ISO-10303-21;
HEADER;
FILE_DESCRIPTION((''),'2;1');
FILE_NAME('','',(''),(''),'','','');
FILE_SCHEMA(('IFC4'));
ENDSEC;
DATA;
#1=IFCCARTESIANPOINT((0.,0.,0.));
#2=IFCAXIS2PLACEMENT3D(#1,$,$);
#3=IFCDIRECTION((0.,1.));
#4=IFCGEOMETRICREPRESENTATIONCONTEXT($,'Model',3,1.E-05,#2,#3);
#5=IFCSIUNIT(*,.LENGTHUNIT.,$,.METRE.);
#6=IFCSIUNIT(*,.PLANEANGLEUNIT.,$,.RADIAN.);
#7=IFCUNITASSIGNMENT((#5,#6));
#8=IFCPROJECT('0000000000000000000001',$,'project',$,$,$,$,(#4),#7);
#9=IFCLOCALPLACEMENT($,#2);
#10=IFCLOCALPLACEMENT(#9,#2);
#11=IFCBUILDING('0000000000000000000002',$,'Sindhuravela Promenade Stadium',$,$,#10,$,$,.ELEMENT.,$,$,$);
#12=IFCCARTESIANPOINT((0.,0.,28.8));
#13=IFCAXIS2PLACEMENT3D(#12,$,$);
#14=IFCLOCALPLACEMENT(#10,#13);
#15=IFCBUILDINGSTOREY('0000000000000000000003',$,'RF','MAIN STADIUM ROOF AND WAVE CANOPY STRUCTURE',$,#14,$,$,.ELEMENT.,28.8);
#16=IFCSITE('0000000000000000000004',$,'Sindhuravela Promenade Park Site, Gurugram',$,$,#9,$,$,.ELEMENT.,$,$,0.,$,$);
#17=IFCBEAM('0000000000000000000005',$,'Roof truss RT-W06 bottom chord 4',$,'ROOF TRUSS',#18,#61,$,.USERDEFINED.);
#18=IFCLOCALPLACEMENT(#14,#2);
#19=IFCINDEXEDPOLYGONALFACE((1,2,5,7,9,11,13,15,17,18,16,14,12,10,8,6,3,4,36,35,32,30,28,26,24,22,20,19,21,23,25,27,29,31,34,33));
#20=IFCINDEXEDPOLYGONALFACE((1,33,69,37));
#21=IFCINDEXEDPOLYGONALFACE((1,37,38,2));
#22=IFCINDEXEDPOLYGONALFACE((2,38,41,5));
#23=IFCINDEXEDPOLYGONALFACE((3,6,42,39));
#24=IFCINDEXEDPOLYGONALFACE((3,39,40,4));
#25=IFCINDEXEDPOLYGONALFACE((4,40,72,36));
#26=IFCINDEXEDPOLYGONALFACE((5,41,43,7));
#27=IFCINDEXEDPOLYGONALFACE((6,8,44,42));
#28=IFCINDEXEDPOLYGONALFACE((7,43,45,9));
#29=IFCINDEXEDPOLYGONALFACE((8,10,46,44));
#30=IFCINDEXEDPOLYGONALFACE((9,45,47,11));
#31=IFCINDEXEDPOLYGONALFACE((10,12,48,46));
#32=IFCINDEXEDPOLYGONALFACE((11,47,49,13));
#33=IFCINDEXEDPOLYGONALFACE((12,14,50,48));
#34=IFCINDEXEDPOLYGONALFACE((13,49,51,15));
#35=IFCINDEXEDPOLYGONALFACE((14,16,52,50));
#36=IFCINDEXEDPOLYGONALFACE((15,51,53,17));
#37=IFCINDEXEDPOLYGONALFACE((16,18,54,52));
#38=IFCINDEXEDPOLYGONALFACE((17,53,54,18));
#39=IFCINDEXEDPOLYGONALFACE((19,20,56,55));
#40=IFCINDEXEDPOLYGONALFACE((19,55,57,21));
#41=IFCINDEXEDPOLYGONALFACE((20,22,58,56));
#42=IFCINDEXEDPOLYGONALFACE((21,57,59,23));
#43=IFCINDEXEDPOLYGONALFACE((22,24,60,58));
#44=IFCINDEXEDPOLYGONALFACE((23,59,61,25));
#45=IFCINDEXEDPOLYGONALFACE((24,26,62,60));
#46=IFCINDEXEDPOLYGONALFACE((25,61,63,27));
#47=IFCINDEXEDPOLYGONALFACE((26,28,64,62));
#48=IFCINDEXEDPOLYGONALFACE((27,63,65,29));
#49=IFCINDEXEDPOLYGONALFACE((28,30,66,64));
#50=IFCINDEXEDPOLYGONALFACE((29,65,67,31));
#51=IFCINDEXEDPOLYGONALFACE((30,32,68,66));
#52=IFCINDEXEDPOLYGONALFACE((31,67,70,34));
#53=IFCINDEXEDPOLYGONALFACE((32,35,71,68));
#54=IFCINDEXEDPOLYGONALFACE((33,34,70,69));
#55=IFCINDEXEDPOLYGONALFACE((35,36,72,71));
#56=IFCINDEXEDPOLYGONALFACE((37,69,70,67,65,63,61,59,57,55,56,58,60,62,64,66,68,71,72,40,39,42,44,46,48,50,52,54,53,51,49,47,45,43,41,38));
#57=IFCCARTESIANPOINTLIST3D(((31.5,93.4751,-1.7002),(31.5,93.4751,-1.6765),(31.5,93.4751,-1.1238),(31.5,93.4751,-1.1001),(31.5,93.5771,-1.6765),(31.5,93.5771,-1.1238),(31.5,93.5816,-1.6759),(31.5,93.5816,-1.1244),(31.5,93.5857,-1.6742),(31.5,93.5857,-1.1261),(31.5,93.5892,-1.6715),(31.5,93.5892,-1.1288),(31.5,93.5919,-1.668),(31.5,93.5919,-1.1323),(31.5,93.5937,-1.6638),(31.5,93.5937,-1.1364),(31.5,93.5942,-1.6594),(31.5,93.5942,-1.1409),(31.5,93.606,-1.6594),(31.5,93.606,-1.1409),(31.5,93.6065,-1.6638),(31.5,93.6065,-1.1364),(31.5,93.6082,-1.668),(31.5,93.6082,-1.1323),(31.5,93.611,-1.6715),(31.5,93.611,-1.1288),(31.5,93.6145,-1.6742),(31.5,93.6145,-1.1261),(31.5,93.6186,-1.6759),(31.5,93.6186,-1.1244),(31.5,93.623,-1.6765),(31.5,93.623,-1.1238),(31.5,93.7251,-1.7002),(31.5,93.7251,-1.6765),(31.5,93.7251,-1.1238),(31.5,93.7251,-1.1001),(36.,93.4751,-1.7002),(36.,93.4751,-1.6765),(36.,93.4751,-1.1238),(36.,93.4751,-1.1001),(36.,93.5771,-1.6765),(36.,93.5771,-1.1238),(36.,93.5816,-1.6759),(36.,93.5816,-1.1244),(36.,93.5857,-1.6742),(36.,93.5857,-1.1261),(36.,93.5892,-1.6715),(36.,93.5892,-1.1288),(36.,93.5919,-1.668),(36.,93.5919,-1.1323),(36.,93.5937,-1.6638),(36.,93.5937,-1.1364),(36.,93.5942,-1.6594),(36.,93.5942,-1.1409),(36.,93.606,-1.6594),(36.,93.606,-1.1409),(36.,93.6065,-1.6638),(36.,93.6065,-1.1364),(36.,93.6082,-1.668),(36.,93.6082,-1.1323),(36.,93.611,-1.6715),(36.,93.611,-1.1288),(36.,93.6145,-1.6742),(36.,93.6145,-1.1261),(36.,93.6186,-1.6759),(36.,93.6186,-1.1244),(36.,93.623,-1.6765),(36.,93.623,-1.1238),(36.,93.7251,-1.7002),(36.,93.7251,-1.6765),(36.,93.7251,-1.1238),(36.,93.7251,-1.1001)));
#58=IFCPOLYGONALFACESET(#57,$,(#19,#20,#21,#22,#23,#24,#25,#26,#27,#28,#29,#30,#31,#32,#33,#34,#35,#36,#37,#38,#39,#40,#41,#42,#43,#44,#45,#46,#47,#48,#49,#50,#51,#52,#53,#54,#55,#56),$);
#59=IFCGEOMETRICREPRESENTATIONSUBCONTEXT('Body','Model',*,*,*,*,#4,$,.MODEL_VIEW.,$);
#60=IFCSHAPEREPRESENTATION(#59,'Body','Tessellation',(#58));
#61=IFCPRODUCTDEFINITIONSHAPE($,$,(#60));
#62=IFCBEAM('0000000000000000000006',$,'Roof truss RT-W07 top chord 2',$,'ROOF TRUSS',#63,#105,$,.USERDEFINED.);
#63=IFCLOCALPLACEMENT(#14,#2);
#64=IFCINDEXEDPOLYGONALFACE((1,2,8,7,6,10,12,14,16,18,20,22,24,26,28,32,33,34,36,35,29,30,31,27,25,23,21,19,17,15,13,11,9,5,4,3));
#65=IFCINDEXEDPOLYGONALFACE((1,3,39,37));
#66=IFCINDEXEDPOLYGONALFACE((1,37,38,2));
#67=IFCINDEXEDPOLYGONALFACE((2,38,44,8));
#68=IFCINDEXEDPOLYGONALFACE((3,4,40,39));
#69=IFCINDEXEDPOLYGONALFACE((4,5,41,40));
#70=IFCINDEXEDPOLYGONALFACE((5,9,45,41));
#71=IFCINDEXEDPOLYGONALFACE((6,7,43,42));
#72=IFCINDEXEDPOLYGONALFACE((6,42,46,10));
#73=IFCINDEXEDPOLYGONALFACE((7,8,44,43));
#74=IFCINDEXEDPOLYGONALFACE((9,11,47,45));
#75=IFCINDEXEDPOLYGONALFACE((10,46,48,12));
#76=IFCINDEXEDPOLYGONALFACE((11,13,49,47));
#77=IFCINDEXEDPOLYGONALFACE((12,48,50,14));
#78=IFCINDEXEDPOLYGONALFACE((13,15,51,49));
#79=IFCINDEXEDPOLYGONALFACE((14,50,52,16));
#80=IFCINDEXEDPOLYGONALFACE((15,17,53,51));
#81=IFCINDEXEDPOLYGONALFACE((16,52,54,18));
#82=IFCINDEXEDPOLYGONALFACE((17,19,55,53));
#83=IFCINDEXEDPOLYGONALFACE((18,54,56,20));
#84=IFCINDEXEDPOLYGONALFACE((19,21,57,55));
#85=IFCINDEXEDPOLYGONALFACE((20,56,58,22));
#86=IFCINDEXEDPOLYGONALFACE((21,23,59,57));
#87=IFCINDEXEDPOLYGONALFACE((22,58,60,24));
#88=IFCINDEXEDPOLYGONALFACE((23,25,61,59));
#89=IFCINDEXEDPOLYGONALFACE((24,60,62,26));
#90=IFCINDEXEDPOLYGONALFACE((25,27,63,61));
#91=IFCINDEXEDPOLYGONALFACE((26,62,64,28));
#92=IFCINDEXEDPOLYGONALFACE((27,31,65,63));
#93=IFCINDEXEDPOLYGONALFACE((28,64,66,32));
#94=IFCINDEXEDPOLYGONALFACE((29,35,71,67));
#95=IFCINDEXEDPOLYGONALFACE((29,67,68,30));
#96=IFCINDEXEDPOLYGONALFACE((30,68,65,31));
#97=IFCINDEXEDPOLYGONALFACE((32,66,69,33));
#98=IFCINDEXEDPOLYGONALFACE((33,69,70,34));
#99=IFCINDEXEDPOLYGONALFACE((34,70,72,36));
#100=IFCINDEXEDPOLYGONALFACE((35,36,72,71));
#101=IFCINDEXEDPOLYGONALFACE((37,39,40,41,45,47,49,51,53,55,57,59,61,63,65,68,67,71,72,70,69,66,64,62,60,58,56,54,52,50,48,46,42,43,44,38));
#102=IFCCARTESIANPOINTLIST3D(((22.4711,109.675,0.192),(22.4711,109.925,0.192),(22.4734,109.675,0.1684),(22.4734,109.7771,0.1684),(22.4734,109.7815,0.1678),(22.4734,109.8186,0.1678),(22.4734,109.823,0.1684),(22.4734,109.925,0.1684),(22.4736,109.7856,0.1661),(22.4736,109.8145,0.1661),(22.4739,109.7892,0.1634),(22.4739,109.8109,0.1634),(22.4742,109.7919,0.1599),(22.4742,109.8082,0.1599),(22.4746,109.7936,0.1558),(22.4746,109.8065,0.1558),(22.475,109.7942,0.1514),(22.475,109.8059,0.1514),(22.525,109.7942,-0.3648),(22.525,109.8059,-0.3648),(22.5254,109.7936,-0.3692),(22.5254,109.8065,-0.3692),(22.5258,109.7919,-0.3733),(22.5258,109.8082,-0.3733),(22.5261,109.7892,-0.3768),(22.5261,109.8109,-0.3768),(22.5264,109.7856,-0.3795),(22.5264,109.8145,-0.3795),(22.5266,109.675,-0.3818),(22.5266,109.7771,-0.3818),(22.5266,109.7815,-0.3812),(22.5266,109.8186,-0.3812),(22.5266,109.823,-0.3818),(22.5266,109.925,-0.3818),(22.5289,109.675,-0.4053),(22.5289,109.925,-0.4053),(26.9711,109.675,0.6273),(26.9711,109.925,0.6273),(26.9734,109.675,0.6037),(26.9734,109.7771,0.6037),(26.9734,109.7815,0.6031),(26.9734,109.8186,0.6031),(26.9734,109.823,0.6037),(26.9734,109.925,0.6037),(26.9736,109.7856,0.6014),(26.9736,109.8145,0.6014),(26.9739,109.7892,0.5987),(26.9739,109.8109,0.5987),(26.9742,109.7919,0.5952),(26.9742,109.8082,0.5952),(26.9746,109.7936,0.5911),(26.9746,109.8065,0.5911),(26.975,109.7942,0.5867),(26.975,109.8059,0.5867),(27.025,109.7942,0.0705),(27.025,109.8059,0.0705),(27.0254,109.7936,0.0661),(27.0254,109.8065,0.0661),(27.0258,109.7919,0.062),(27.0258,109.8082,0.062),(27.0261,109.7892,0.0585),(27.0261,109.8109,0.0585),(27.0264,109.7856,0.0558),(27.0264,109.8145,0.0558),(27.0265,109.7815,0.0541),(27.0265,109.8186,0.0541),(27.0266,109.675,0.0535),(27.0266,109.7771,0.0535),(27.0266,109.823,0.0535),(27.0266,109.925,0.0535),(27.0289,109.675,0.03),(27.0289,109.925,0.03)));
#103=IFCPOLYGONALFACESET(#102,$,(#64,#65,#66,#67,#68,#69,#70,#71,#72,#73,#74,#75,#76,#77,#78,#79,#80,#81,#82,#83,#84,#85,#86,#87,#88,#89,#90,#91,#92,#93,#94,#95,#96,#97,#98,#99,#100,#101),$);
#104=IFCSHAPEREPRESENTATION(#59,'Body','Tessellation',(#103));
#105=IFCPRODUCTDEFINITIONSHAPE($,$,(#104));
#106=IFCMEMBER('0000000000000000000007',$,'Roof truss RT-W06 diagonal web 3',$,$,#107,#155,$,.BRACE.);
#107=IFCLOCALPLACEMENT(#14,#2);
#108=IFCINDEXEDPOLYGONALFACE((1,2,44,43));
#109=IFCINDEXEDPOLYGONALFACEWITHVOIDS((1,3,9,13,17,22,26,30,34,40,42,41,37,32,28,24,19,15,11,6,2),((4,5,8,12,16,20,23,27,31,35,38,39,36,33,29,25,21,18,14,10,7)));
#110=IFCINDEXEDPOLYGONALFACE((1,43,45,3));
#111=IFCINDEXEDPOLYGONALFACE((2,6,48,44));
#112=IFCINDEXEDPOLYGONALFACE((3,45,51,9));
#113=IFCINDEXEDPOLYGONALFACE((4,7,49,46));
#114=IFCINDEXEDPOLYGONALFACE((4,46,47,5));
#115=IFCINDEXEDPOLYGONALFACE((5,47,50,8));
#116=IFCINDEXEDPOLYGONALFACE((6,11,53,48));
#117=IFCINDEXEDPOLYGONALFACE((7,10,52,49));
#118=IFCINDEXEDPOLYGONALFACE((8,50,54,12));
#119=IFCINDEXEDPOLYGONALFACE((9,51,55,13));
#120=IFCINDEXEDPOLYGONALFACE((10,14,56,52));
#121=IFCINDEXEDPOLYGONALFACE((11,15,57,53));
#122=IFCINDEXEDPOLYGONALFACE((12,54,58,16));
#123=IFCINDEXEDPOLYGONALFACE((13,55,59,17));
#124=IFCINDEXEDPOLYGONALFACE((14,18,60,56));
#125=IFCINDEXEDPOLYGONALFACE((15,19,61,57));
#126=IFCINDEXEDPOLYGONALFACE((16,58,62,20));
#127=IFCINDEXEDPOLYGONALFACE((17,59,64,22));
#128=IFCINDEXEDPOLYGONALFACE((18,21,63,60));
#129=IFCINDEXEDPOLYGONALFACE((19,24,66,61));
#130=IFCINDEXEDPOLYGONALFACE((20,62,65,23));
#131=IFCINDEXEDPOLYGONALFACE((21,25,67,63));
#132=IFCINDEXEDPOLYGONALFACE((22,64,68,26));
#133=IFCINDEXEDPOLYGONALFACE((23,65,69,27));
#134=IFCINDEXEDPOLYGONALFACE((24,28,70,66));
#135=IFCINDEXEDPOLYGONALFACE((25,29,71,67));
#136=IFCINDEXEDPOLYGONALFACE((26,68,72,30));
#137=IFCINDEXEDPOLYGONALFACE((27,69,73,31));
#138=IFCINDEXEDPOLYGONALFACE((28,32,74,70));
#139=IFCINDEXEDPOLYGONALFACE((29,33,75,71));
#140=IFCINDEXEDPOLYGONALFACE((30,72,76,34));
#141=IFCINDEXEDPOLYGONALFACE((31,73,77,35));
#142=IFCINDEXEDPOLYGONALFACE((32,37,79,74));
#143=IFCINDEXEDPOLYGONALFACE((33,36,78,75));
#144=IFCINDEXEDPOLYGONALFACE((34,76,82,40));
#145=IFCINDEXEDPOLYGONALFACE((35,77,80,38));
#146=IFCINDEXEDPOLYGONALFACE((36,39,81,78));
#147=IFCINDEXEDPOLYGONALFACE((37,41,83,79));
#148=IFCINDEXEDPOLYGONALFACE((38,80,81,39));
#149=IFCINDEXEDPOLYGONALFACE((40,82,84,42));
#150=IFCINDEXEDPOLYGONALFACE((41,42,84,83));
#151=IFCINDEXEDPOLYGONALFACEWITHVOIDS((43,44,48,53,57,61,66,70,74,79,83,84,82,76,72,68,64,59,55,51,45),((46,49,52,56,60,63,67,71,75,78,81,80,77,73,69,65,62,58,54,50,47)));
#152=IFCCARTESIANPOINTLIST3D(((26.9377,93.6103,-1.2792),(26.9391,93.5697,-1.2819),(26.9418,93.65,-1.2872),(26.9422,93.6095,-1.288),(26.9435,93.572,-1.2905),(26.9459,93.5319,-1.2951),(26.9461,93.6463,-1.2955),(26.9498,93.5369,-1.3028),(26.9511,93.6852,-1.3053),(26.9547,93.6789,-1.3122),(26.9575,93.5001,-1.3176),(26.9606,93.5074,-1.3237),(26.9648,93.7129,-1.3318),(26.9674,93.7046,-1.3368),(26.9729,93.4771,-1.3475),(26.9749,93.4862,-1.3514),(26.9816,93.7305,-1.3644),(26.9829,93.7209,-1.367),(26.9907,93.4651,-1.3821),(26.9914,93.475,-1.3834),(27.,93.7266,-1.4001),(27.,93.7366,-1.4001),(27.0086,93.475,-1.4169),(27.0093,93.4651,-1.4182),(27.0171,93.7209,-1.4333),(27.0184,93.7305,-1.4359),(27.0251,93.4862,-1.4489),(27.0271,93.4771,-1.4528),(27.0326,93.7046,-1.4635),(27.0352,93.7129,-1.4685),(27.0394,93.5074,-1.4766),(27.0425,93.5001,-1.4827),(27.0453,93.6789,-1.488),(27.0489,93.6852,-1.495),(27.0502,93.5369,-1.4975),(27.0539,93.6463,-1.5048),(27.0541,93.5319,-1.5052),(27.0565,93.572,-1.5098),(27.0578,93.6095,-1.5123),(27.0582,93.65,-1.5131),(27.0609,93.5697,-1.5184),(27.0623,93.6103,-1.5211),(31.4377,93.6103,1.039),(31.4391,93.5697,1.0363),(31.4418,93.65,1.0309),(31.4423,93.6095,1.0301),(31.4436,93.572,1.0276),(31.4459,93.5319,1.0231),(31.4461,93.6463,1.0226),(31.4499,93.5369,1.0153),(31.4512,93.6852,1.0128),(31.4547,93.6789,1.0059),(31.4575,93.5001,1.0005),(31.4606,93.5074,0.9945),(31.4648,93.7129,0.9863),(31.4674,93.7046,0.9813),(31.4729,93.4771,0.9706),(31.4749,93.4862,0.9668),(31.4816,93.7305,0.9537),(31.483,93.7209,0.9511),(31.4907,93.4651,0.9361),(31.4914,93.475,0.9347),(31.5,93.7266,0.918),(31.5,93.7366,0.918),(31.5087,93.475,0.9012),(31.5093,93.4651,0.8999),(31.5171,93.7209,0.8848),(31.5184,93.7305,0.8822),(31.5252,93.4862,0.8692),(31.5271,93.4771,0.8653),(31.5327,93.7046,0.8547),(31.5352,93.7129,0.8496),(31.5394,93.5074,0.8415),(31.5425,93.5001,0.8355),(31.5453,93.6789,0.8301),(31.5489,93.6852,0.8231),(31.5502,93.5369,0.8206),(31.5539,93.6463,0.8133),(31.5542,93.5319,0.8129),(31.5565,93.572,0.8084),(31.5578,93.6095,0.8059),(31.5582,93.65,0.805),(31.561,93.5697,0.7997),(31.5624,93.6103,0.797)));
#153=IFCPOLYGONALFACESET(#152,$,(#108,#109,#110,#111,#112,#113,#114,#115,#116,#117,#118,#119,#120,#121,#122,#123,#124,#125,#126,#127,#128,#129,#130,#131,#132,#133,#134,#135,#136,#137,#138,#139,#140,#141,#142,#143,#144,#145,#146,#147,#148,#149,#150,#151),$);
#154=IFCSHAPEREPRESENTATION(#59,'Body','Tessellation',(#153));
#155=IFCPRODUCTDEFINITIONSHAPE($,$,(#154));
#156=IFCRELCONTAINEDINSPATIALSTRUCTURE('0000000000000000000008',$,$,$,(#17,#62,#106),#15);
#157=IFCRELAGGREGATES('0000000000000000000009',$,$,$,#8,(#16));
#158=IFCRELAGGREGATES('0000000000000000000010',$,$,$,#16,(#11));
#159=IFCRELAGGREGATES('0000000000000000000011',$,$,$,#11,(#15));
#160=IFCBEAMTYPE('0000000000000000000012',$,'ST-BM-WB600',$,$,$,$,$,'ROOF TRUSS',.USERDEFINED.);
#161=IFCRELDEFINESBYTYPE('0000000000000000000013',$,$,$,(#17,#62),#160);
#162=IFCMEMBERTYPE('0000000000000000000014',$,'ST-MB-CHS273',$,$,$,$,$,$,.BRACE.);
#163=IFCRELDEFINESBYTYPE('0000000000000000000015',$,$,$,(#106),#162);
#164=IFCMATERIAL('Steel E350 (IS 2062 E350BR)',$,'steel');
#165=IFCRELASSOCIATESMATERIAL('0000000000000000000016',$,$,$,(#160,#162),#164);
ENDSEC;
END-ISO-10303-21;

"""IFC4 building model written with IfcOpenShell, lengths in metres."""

from ifc_helpers import new_model, si_unit, direction, frame, origin, origin_2d, place, context, subcontext, project, spatial, hollow_circle, i_section, extrude, material, material_profile, profile_set, type_object, element, save


model = new_model("IFC4")

# Units and contexts
model_context = context("Model", 3, precision=1e-05, world=origin(), true_north=direction((0.0, 1.0)))
body_context = subcontext(model_context, "Body", "Model", "MODEL_VIEW")
ifc_project = project(units=[si_unit("LENGTHUNIT", "METRE"), si_unit("PLANEANGLEUNIT", "RADIAN")], contexts=[model_context])

# Site, building, storey
site_placement = place(None, origin())
site = spatial("IfcSite", under=ifc_project, at=site_placement, Name="Sindhuravela Promenade Park Site, Gurugram", CompositionType="ELEMENT", RefElevation=0.0)
building_placement = place(site_placement, origin())
building = spatial("IfcBuilding", under=site, at=building_placement, Name="Sindhuravela Promenade Stadium", CompositionType="ELEMENT")
storey_placement = place(building_placement, frame((0.0, 0.0, 28.8)))
storey = spatial("IfcBuildingStorey", under=building, at=storey_placement, Name="RF", Description="MAIN STADIUM ROOF AND WAVE CANOPY STRUCTURE", CompositionType="ELEMENT", Elevation=28.8)

# Beams
ifc_material_1 = material(Name="Steel E350 (IS 2062 E350BR)", Category="steel")
ifc_material_profile_1 = material_profile(ifc_material_1, i_section(OverallWidth=0.25, OverallDepth=0.6001, WebThickness=0.0117, FlangeThickness=0.0237, FilletRadius=0.0171, at=origin_2d()), Name="ISWB 600")
ifc_profile_set_1 = profile_set([ifc_material_profile_1], Name="Steel E350 (IS 2062 E350BR)")
beam_type_1 = type_object("IfcBeamType", Name="ST-BM-WB600", ElementType="ROOF TRUSS", PredefinedType="USERDEFINED", material=ifc_profile_set_1)
beam_1_placement = place(storey_placement, frame((31.5, 93.6001, -1.4001), z_axis=(1.0, 0.0, 0.0), x_axis=(0.0, 1.0, 0.0)))
element("IfcBeam", 1, at=beam_1_placement, inside=storey, type_object=beam_type_1, Name="Roof truss RT-W06 bottom chord 4", ObjectType="ROOF TRUSS", PredefinedType="USERDEFINED", context=body_context, shape_type="SweptSolid", body=[
    extrude(i_section(OverallWidth=0.25, OverallDepth=0.6001, WebThickness=0.0117, FlangeThickness=0.0237, FilletRadius=0.0171, at=origin_2d()), origin(), (0.0, 0.0, 1.0), 4.5),
])
beam_2_placement = place(storey_placement, frame((22.5, 109.8, -0.1067), z_axis=(0.995354, 0.0, 0.096285), x_axis=(0.0, 1.0, 0.0)))
element("IfcBeam", 2, at=beam_2_placement, inside=storey, type_object=beam_type_1, Name="Roof truss RT-W07 top chord 2", ObjectType="ROOF TRUSS", PredefinedType="USERDEFINED", context=body_context, shape_type="SweptSolid", body=[
    extrude(i_section(OverallWidth=0.25, OverallDepth=0.6001, WebThickness=0.0117, FlangeThickness=0.0237, FilletRadius=0.0171, at=origin_2d()), origin(), (0.0, 0.0, 1.0), 4.521),
])

# Member
ifc_material_profile_2 = material_profile(ifc_material_1, hollow_circle(Radius=0.1365, WallThickness=0.01, at=origin_2d()), Name="CHS 273.0x10")
ifc_profile_set_2 = profile_set([ifc_material_profile_2], Name="Steel E350 (IS 2062 E350BR)")
member_type_1 = type_object("IfcMemberType", Name="ST-MB-CHS273", PredefinedType="BRACE", material=ifc_profile_set_2)
for number, where, z_axis, x_axis, name in (
    (3, (27.0, 93.6001, -1.4001), (0.88898, 0.0, 0.457946), (0.0, 1.0, 0.0), "Roof truss RT-W06 diagonal web 3"),
):
    element("IfcMember", number, at=place(storey_placement, frame(where, z_axis=z_axis, x_axis=x_axis)), inside=storey, type_object=member_type_1, Name=name, PredefinedType="BRACE", context=body_context, shape_type="SweptSolid", body=[
        extrude(hollow_circle(Radius=0.1365, WallThickness=0.01, at=origin_2d()), origin(), (0.0, 0.0, 1.0), 5.062),
    ])

save(model, "model.ifc")
